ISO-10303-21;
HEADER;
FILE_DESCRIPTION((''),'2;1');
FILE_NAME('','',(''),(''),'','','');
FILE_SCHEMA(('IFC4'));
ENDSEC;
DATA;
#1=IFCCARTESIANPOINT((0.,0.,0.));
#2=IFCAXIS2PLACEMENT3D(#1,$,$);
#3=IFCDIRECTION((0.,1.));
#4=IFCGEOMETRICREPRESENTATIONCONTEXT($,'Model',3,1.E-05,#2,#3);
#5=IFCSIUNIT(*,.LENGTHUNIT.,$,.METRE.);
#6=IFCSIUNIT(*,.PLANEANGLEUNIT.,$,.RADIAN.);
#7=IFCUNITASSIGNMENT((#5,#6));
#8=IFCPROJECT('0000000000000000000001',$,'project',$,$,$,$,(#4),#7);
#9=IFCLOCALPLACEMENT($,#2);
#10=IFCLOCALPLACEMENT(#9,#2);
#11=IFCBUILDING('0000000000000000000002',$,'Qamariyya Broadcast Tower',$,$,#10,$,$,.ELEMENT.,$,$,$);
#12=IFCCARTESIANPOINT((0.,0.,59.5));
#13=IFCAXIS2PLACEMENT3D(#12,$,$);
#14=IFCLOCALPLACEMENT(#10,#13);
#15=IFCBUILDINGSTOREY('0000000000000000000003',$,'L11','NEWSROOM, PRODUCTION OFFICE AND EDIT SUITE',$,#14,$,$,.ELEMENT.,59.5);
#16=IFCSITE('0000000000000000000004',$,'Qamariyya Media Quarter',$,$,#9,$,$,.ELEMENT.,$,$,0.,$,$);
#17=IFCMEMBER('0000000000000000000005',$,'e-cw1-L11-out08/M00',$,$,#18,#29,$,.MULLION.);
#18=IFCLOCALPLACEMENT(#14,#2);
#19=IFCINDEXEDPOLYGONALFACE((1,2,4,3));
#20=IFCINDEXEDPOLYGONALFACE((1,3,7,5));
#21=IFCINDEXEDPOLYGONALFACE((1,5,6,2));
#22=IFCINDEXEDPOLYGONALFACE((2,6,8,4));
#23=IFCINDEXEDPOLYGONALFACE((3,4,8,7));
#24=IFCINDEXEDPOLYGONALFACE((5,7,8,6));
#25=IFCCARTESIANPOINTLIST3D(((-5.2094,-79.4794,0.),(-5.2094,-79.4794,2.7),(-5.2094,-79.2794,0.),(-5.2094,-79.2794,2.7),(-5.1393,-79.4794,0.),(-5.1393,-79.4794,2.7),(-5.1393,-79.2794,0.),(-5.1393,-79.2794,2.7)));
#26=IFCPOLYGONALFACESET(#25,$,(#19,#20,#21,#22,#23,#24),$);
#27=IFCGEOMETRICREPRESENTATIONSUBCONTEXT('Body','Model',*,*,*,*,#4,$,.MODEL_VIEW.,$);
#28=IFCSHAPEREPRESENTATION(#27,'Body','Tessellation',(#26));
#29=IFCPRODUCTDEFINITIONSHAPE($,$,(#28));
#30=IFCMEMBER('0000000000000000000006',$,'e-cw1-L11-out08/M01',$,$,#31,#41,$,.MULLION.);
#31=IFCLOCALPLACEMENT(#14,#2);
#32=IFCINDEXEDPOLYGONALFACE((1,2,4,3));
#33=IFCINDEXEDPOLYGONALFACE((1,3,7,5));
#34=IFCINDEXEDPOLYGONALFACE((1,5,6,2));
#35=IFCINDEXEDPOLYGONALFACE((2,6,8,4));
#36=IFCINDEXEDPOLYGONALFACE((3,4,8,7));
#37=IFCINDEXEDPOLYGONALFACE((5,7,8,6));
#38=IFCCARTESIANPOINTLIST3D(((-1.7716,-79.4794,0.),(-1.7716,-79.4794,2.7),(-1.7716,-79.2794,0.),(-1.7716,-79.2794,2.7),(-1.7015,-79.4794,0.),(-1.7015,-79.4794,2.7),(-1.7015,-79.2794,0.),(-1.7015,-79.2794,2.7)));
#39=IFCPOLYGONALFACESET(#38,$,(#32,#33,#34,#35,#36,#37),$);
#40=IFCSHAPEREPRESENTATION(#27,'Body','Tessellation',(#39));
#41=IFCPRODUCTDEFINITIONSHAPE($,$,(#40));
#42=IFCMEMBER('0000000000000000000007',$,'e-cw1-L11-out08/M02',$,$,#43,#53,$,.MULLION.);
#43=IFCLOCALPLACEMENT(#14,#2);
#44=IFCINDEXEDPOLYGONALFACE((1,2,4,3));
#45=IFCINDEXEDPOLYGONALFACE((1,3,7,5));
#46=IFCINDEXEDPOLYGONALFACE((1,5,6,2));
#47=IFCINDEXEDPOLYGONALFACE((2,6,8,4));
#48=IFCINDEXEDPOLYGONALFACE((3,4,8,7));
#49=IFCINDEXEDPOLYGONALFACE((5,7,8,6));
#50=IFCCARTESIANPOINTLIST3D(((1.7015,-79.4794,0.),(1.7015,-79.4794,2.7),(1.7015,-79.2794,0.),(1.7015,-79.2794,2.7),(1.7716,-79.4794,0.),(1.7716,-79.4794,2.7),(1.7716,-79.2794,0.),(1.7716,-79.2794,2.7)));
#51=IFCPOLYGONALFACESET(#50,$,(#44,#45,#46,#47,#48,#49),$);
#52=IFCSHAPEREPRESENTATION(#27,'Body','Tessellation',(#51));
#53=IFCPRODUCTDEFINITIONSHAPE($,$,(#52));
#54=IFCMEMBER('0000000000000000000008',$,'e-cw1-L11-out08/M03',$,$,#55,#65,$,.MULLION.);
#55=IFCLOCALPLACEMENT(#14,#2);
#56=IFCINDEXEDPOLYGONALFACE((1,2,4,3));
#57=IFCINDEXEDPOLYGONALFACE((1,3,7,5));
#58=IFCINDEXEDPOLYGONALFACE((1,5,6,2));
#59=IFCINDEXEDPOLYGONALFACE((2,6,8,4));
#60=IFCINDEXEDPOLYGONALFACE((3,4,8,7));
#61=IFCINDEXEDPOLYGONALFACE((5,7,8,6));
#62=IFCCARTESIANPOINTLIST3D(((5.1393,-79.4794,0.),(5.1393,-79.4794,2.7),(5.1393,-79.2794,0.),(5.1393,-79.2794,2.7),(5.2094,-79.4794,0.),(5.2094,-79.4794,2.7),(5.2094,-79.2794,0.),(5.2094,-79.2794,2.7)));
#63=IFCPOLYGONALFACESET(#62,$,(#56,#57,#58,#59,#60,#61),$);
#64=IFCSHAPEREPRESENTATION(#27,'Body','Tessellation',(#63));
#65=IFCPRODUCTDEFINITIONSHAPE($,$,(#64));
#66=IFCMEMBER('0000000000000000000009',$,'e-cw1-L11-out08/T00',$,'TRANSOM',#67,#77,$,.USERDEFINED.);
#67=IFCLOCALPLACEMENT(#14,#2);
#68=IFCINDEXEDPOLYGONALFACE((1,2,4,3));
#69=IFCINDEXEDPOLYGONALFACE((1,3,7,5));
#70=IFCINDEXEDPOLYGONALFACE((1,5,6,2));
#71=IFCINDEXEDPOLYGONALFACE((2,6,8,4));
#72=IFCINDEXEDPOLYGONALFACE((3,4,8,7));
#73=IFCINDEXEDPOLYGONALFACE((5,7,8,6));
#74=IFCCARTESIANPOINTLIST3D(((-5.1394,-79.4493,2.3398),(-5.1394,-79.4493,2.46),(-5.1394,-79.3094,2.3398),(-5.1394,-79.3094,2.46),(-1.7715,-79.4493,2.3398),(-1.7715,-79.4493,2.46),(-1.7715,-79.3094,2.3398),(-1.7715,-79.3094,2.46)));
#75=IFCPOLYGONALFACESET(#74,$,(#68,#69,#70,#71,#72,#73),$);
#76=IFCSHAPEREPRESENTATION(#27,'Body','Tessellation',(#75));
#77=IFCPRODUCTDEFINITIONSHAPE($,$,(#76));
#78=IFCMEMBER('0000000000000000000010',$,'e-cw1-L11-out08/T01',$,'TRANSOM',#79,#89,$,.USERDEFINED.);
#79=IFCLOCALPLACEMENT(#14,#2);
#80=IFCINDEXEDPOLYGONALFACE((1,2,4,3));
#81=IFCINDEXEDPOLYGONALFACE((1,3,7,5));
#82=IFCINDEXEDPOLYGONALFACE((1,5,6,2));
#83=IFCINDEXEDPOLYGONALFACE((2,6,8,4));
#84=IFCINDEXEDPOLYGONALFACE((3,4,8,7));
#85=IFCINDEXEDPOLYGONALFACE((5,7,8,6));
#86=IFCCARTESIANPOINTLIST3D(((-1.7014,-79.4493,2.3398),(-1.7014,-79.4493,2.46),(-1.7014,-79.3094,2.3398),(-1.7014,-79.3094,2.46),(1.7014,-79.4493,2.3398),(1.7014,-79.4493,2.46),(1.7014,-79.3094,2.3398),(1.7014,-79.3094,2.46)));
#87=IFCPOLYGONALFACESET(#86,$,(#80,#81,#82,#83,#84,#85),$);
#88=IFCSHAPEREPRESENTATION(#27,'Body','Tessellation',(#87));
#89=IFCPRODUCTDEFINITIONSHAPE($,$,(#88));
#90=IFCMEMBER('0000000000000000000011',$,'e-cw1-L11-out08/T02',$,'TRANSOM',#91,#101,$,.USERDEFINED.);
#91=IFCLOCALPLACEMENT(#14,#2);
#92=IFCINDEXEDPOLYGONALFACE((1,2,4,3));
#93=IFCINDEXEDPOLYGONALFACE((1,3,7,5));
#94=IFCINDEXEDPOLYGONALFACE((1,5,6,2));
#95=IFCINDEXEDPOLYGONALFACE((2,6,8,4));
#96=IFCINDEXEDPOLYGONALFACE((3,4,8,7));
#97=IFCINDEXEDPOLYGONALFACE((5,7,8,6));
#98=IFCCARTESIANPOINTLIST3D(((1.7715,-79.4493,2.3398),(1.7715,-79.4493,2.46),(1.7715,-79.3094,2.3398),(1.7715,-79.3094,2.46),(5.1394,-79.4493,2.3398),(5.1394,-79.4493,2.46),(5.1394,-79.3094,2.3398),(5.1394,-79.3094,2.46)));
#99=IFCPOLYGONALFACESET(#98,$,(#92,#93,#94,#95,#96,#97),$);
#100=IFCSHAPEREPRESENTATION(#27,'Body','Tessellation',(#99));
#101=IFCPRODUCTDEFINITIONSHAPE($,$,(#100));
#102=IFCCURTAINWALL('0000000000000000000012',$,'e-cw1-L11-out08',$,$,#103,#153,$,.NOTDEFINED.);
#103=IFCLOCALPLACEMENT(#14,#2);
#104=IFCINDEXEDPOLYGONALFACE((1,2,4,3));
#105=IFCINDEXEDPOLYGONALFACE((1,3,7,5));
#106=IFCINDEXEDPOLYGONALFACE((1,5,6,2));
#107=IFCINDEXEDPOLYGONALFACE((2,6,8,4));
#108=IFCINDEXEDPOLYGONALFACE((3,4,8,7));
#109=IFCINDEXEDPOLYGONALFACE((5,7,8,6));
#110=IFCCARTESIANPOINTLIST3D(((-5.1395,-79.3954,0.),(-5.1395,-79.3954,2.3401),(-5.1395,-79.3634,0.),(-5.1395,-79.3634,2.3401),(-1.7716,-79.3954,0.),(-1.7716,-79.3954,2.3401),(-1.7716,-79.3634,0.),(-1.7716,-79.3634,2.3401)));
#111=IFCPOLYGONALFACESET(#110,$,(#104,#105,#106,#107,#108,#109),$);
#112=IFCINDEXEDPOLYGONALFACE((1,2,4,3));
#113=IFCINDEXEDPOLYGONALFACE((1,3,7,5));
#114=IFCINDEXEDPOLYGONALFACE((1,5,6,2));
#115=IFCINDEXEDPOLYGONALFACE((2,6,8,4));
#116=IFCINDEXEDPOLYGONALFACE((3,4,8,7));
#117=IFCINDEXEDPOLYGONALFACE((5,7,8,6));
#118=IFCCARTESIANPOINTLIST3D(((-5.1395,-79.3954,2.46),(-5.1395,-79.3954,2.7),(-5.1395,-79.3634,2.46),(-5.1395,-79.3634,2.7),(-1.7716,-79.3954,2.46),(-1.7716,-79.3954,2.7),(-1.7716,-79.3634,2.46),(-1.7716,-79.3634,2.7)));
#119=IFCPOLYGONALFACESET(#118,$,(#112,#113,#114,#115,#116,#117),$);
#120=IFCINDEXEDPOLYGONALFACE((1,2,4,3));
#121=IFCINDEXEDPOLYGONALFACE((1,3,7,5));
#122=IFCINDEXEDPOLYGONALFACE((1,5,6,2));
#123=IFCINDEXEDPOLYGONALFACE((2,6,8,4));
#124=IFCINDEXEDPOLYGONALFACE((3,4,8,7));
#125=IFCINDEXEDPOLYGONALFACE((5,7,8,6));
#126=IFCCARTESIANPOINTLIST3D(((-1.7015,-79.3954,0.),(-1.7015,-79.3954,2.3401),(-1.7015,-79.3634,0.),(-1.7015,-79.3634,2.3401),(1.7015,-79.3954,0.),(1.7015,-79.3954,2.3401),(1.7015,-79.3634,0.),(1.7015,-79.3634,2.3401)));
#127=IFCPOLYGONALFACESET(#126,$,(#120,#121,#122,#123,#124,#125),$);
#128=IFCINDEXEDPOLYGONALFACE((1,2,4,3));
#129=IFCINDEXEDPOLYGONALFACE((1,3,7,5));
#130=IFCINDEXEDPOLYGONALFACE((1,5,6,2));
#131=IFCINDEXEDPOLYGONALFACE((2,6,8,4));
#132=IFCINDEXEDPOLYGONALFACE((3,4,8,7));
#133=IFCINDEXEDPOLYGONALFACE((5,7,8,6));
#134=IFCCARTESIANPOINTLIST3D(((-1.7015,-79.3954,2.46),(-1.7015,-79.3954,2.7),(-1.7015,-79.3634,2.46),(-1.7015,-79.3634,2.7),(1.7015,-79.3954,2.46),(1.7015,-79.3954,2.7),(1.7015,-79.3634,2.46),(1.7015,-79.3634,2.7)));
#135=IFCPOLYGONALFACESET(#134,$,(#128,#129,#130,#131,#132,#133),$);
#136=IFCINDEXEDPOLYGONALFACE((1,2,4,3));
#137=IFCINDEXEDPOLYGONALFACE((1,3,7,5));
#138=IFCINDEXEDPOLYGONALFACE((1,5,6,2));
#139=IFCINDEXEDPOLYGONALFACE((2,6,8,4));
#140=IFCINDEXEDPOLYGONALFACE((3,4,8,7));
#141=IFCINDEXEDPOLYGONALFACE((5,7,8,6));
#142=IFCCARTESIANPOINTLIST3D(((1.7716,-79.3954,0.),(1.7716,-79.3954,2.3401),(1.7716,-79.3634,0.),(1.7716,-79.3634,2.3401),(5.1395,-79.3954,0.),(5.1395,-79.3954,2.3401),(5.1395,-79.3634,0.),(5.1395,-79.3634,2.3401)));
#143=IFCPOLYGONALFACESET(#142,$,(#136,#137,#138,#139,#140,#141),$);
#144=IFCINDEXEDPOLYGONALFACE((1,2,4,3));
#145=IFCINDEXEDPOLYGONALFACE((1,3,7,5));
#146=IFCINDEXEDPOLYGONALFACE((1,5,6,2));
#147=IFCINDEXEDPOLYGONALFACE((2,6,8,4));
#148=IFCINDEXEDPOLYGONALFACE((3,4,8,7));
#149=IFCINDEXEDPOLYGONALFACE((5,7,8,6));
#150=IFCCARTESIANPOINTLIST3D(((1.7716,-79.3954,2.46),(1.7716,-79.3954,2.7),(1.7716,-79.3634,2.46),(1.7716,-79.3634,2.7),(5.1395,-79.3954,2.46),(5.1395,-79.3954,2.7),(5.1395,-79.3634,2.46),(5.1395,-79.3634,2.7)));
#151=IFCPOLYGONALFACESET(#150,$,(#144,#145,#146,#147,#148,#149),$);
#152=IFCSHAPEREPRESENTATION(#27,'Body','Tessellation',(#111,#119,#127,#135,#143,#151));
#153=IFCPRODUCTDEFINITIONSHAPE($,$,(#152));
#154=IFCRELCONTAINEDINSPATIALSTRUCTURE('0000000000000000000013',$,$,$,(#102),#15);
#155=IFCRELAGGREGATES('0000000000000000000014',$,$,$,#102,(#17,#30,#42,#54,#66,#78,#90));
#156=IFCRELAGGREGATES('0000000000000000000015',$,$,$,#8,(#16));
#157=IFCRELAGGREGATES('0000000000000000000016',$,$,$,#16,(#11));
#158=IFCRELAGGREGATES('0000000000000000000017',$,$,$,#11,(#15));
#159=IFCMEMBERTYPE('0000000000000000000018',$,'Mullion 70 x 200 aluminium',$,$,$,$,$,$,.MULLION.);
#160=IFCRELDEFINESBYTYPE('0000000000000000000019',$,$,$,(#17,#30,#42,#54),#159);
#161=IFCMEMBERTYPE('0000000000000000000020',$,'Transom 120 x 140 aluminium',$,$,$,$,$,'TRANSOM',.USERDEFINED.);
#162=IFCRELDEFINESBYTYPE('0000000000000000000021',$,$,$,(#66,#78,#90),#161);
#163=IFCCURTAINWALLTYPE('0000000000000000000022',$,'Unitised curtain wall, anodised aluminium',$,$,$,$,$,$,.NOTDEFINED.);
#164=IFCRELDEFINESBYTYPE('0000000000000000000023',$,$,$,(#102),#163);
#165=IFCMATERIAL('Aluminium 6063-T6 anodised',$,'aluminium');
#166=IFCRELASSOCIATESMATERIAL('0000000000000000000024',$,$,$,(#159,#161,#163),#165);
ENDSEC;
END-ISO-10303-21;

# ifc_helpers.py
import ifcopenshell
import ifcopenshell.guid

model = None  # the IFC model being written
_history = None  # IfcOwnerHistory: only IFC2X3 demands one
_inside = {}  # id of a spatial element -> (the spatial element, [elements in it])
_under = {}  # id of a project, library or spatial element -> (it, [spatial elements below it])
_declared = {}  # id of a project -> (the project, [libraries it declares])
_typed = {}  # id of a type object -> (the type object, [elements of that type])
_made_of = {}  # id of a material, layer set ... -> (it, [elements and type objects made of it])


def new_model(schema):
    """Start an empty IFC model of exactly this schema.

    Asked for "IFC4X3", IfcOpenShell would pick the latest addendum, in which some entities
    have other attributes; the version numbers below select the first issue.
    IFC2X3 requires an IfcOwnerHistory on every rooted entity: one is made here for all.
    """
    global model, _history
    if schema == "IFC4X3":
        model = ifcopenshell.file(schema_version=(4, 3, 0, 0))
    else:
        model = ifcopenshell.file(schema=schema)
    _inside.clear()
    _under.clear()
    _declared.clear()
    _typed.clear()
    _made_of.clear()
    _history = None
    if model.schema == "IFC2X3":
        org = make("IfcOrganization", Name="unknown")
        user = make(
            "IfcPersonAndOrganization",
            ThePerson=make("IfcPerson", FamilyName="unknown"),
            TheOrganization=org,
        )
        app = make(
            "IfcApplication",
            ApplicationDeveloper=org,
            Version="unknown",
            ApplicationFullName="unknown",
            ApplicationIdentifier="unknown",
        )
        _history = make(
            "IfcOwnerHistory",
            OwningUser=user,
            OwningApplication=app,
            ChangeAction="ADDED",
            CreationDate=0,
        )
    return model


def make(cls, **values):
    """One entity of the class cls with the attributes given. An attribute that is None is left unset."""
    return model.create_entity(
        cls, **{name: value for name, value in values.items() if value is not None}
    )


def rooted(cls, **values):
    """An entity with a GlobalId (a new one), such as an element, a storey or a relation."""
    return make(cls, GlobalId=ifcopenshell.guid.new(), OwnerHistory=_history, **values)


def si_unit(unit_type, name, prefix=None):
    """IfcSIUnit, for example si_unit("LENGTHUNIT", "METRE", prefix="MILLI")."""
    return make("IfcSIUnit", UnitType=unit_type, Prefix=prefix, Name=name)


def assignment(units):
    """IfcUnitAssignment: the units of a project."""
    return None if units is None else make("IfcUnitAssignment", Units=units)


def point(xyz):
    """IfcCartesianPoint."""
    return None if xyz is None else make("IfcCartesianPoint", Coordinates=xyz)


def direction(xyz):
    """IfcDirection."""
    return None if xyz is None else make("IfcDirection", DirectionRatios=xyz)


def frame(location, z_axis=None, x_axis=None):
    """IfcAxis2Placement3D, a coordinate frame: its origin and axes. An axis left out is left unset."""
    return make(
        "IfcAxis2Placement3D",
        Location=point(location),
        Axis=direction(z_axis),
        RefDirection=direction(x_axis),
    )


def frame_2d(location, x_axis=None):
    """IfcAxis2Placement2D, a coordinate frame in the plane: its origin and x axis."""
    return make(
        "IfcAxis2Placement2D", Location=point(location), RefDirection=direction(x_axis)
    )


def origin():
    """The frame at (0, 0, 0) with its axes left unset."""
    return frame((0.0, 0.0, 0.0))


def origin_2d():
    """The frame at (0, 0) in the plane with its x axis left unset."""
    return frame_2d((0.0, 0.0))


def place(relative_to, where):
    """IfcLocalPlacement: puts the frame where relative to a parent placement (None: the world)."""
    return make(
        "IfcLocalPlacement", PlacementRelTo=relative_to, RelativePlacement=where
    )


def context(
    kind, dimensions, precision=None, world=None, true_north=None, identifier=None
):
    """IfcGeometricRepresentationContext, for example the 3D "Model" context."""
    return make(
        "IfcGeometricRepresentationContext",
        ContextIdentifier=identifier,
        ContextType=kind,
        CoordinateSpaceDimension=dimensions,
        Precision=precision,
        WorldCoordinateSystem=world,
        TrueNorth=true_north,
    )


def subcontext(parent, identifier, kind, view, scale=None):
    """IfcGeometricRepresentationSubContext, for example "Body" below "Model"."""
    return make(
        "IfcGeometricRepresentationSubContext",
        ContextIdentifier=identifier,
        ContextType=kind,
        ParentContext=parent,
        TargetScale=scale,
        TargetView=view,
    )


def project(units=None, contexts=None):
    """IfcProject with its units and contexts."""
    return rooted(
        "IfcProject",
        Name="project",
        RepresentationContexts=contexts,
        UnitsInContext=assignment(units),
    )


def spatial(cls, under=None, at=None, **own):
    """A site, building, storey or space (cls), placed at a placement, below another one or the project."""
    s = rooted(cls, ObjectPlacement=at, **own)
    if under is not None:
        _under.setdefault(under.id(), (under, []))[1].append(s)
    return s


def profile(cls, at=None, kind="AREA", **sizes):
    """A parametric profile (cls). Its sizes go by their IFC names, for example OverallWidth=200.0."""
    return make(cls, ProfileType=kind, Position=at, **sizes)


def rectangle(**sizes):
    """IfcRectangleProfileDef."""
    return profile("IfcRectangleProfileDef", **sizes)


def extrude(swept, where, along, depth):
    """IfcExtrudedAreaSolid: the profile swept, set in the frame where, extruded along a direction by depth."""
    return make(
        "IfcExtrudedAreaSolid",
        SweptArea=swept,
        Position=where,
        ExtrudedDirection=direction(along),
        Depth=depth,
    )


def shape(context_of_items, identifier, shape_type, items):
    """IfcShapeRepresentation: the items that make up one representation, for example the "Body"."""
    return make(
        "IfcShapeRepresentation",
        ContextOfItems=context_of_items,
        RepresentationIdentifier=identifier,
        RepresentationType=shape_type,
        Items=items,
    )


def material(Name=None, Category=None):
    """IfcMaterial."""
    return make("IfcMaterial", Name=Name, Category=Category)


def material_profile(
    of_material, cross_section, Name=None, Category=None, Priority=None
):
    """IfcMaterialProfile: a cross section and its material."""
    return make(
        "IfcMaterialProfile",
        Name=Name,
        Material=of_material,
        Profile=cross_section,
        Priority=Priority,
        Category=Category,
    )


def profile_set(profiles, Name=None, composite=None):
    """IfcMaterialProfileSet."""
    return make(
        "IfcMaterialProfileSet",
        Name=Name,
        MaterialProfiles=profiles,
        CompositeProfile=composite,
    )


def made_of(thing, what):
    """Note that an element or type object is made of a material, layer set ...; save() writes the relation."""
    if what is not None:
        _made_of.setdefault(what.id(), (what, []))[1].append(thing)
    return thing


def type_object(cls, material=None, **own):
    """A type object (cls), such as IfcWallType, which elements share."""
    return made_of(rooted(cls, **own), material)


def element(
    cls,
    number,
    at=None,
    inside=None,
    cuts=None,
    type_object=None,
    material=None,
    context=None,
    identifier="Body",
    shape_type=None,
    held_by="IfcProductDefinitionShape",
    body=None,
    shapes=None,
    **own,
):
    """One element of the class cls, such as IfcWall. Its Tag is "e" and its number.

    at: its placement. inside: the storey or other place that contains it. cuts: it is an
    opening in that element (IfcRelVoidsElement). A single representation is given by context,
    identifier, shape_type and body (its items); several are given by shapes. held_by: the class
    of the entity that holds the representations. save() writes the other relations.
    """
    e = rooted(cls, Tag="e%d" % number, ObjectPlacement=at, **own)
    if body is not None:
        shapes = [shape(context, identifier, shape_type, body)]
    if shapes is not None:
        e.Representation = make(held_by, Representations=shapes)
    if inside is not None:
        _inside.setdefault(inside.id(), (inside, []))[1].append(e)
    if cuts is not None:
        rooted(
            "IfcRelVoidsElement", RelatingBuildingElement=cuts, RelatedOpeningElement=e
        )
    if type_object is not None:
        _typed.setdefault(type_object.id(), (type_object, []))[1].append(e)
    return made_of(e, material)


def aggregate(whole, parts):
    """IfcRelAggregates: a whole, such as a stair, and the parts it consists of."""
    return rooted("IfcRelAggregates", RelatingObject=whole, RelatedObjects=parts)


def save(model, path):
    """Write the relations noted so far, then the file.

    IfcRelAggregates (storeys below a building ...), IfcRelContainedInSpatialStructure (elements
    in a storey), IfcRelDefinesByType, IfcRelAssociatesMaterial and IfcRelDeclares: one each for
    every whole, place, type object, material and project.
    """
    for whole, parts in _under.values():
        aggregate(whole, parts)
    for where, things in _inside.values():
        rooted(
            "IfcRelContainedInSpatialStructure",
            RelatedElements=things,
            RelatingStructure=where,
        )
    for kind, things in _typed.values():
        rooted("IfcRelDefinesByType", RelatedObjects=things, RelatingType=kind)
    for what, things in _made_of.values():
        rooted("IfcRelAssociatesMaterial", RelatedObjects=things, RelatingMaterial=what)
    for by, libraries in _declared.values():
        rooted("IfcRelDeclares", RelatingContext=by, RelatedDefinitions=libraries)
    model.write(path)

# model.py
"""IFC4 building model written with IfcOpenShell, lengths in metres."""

from ifc_helpers import new_model, si_unit, direction, frame, origin, origin_2d, place, context, subcontext, project, spatial, rectangle, extrude, material, material_profile, profile_set, type_object, element, aggregate, save


model = new_model("IFC4")

# Units and contexts
model_context = context("Model", 3, precision=1e-05, world=origin(), true_north=direction((0.0, 1.0)))
body_context = subcontext(model_context, "Body", "Model", "MODEL_VIEW")
ifc_project = project(units=[si_unit("LENGTHUNIT", "METRE"), si_unit("PLANEANGLEUNIT", "RADIAN")], contexts=[model_context])

# Members
ifc_material = material(Name="Aluminium 6063-T6 anodised", Category="aluminium")
ifc_material_profile_1 = material_profile(ifc_material, rectangle(XDim=0.2, YDim=0.0701, at=origin_2d()))
ifc_profile_set_1 = profile_set([ifc_material_profile_1], Name="Aluminium 6063-T6 anodised")
member_type_1 = type_object("IfcMemberType", Name="Mullion 70 x 200 aluminium", PredefinedType="MULLION", material=ifc_profile_set_1)
site_placement = place(None, origin())
building_placement = place(site_placement, origin())
storey_placement = place(building_placement, frame((0.0, 0.0, 59.5)))
member_1_placement = place(storey_placement, frame((-5.1743, -79.3794, 0.0), z_axis=(0.0, 0.0, 1.0), x_axis=(0.0, 1.0, 0.0)))
member_1 = element("IfcMember", 1, at=member_1_placement, type_object=member_type_1, Name="e-cw1-L11-out08/M00", PredefinedType="MULLION", context=body_context, shape_type="SweptSolid", body=[
    extrude(rectangle(XDim=0.2, YDim=0.0701, at=origin_2d()), origin(), (0.0, 0.0, 1.0), 2.7),
])
member_2_placement = place(storey_placement, frame((-1.7366, -79.3794, 0.0), z_axis=(0.0, 0.0, 1.0), x_axis=(0.0, 1.0, 0.0)))
member_2 = element("IfcMember", 2, at=member_2_placement, type_object=member_type_1, Name="e-cw1-L11-out08/M01", PredefinedType="MULLION", context=body_context, shape_type="SweptSolid", body=[
    extrude(rectangle(XDim=0.2, YDim=0.0701, at=origin_2d()), origin(), (0.0, 0.0, 1.0), 2.7),
])
member_3_placement = place(storey_placement, frame((1.7366, -79.3794, 0.0), z_axis=(0.0, 0.0, 1.0), x_axis=(0.0, 1.0, 0.0)))
member_3 = element("IfcMember", 3, at=member_3_placement, type_object=member_type_1, Name="e-cw1-L11-out08/M02", PredefinedType="MULLION", context=body_context, shape_type="SweptSolid", body=[
    extrude(rectangle(XDim=0.2, YDim=0.0701, at=origin_2d()), origin(), (0.0, 0.0, 1.0), 2.7),
])
member_4_placement = place(storey_placement, frame((5.1743, -79.3794, 0.0), z_axis=(0.0, 0.0, 1.0), x_axis=(0.0, 1.0, 0.0)))
member_4 = element("IfcMember", 4, at=member_4_placement, type_object=member_type_1, Name="e-cw1-L11-out08/M03", PredefinedType="MULLION", context=body_context, shape_type="SweptSolid", body=[
    extrude(rectangle(XDim=0.2, YDim=0.0701, at=origin_2d()), origin(), (0.0, 0.0, 1.0), 2.7),
])
ifc_material_profile_2 = material_profile(ifc_material, rectangle(XDim=0.1399, YDim=0.1201, at=origin_2d()))
ifc_profile_set_2 = profile_set([ifc_material_profile_2], Name="Aluminium 6063-T6 anodised")
member_type_2 = type_object("IfcMemberType", Name="Transom 120 x 140 aluminium", ElementType="TRANSOM", PredefinedType="USERDEFINED", material=ifc_profile_set_2)
member_5_placement = place(storey_placement, frame((-5.1394, -79.3794, 2.3999), z_axis=(1.0, 0.0, 0.0), x_axis=(0.0, 1.0, 0.0)))
member_5 = element("IfcMember", 5, at=member_5_placement, type_object=member_type_2, Name="e-cw1-L11-out08/T00", ObjectType="TRANSOM", PredefinedType="USERDEFINED", context=body_context, shape_type="SweptSolid", body=[
    extrude(rectangle(XDim=0.1399, YDim=0.1201, at=origin_2d()), origin(), (0.0, 0.0, 1.0), 3.3679),
])
member_6_placement = place(storey_placement, frame((-1.7014, -79.3794, 2.3999), z_axis=(1.0, 0.0, 0.0), x_axis=(0.0, 1.0, 0.0)))
member_6 = element("IfcMember", 6, at=member_6_placement, type_object=member_type_2, Name="e-cw1-L11-out08/T01", ObjectType="TRANSOM", PredefinedType="USERDEFINED", context=body_context, shape_type="SweptSolid", body=[
    extrude(rectangle(XDim=0.1399, YDim=0.1201, at=origin_2d()), origin(), (0.0, 0.0, 1.0), 3.4028),
])
member_7_placement = place(storey_placement, frame((1.7715, -79.3794, 2.3999), z_axis=(1.0, 0.0, 0.0), x_axis=(0.0, 1.0, 0.0)))
member_7 = element("IfcMember", 7, at=member_7_placement, type_object=member_type_2, Name="e-cw1-L11-out08/T02", ObjectType="TRANSOM", PredefinedType="USERDEFINED", context=body_context, shape_type="SweptSolid", body=[
    extrude(rectangle(XDim=0.1399, YDim=0.1201, at=origin_2d()), origin(), (0.0, 0.0, 1.0), 3.3679),
])

# Site, building, storey
site = spatial("IfcSite", under=ifc_project, at=site_placement, Name="Qamariyya Media Quarter", CompositionType="ELEMENT", RefElevation=0.0)
building = spatial("IfcBuilding", under=site, at=building_placement, Name="Qamariyya Broadcast Tower", CompositionType="ELEMENT")
storey = spatial("IfcBuildingStorey", under=building, at=storey_placement, Name="L11", Description="NEWSROOM, PRODUCTION OFFICE AND EDIT SUITE", CompositionType="ELEMENT", Elevation=59.5)

# Curtain wall
curtain_wall_type = type_object("IfcCurtainWallType", Name="Unitised curtain wall, anodised aluminium", PredefinedType="NOTDEFINED", material=ifc_material)
curtain_wall_1_placement = place(storey_placement, origin())
curtain_wall_1 = element("IfcCurtainWall", 8, at=curtain_wall_1_placement, inside=storey, type_object=curtain_wall_type, Name="e-cw1-L11-out08", PredefinedType="NOTDEFINED", context=body_context, shape_type="SweptSolid", body=[
    extrude(rectangle(XDim=3.3679, YDim=0.032, at=origin_2d()), frame((-3.4556, -79.3794, 0.0), x_axis=(1.0, 0.0, 0.0)), (0.0, 0.0, 1.0), 2.3401),
    extrude(rectangle(XDim=3.3679, YDim=0.032, at=origin_2d()), frame((-3.4556, -79.3794, 2.46), x_axis=(1.0, 0.0, 0.0)), (0.0, 0.0, 1.0), 0.24),
    extrude(rectangle(XDim=3.4031, YDim=0.032, at=origin_2d()), frame((0.0, -79.3794, 0.0), x_axis=(1.0, 0.0, 0.0)), (0.0, 0.0, 1.0), 2.3401),
    extrude(rectangle(XDim=3.4031, YDim=0.032, at=origin_2d()), frame((0.0, -79.3794, 2.46), x_axis=(1.0, 0.0, 0.0)), (0.0, 0.0, 1.0), 0.24),
    extrude(rectangle(XDim=3.3679, YDim=0.032, at=origin_2d()), frame((3.4556, -79.3794, 0.0), x_axis=(1.0, 0.0, 0.0)), (0.0, 0.0, 1.0), 2.3401),
    extrude(rectangle(XDim=3.3679, YDim=0.032, at=origin_2d()), frame((3.4556, -79.3794, 2.46), x_axis=(1.0, 0.0, 0.0)), (0.0, 0.0, 1.0), 0.24),
])
aggregate(curtain_wall_1, [member_1, member_2, member_3, member_4, member_5, member_6, member_7])

save(model, "model.ifc")
